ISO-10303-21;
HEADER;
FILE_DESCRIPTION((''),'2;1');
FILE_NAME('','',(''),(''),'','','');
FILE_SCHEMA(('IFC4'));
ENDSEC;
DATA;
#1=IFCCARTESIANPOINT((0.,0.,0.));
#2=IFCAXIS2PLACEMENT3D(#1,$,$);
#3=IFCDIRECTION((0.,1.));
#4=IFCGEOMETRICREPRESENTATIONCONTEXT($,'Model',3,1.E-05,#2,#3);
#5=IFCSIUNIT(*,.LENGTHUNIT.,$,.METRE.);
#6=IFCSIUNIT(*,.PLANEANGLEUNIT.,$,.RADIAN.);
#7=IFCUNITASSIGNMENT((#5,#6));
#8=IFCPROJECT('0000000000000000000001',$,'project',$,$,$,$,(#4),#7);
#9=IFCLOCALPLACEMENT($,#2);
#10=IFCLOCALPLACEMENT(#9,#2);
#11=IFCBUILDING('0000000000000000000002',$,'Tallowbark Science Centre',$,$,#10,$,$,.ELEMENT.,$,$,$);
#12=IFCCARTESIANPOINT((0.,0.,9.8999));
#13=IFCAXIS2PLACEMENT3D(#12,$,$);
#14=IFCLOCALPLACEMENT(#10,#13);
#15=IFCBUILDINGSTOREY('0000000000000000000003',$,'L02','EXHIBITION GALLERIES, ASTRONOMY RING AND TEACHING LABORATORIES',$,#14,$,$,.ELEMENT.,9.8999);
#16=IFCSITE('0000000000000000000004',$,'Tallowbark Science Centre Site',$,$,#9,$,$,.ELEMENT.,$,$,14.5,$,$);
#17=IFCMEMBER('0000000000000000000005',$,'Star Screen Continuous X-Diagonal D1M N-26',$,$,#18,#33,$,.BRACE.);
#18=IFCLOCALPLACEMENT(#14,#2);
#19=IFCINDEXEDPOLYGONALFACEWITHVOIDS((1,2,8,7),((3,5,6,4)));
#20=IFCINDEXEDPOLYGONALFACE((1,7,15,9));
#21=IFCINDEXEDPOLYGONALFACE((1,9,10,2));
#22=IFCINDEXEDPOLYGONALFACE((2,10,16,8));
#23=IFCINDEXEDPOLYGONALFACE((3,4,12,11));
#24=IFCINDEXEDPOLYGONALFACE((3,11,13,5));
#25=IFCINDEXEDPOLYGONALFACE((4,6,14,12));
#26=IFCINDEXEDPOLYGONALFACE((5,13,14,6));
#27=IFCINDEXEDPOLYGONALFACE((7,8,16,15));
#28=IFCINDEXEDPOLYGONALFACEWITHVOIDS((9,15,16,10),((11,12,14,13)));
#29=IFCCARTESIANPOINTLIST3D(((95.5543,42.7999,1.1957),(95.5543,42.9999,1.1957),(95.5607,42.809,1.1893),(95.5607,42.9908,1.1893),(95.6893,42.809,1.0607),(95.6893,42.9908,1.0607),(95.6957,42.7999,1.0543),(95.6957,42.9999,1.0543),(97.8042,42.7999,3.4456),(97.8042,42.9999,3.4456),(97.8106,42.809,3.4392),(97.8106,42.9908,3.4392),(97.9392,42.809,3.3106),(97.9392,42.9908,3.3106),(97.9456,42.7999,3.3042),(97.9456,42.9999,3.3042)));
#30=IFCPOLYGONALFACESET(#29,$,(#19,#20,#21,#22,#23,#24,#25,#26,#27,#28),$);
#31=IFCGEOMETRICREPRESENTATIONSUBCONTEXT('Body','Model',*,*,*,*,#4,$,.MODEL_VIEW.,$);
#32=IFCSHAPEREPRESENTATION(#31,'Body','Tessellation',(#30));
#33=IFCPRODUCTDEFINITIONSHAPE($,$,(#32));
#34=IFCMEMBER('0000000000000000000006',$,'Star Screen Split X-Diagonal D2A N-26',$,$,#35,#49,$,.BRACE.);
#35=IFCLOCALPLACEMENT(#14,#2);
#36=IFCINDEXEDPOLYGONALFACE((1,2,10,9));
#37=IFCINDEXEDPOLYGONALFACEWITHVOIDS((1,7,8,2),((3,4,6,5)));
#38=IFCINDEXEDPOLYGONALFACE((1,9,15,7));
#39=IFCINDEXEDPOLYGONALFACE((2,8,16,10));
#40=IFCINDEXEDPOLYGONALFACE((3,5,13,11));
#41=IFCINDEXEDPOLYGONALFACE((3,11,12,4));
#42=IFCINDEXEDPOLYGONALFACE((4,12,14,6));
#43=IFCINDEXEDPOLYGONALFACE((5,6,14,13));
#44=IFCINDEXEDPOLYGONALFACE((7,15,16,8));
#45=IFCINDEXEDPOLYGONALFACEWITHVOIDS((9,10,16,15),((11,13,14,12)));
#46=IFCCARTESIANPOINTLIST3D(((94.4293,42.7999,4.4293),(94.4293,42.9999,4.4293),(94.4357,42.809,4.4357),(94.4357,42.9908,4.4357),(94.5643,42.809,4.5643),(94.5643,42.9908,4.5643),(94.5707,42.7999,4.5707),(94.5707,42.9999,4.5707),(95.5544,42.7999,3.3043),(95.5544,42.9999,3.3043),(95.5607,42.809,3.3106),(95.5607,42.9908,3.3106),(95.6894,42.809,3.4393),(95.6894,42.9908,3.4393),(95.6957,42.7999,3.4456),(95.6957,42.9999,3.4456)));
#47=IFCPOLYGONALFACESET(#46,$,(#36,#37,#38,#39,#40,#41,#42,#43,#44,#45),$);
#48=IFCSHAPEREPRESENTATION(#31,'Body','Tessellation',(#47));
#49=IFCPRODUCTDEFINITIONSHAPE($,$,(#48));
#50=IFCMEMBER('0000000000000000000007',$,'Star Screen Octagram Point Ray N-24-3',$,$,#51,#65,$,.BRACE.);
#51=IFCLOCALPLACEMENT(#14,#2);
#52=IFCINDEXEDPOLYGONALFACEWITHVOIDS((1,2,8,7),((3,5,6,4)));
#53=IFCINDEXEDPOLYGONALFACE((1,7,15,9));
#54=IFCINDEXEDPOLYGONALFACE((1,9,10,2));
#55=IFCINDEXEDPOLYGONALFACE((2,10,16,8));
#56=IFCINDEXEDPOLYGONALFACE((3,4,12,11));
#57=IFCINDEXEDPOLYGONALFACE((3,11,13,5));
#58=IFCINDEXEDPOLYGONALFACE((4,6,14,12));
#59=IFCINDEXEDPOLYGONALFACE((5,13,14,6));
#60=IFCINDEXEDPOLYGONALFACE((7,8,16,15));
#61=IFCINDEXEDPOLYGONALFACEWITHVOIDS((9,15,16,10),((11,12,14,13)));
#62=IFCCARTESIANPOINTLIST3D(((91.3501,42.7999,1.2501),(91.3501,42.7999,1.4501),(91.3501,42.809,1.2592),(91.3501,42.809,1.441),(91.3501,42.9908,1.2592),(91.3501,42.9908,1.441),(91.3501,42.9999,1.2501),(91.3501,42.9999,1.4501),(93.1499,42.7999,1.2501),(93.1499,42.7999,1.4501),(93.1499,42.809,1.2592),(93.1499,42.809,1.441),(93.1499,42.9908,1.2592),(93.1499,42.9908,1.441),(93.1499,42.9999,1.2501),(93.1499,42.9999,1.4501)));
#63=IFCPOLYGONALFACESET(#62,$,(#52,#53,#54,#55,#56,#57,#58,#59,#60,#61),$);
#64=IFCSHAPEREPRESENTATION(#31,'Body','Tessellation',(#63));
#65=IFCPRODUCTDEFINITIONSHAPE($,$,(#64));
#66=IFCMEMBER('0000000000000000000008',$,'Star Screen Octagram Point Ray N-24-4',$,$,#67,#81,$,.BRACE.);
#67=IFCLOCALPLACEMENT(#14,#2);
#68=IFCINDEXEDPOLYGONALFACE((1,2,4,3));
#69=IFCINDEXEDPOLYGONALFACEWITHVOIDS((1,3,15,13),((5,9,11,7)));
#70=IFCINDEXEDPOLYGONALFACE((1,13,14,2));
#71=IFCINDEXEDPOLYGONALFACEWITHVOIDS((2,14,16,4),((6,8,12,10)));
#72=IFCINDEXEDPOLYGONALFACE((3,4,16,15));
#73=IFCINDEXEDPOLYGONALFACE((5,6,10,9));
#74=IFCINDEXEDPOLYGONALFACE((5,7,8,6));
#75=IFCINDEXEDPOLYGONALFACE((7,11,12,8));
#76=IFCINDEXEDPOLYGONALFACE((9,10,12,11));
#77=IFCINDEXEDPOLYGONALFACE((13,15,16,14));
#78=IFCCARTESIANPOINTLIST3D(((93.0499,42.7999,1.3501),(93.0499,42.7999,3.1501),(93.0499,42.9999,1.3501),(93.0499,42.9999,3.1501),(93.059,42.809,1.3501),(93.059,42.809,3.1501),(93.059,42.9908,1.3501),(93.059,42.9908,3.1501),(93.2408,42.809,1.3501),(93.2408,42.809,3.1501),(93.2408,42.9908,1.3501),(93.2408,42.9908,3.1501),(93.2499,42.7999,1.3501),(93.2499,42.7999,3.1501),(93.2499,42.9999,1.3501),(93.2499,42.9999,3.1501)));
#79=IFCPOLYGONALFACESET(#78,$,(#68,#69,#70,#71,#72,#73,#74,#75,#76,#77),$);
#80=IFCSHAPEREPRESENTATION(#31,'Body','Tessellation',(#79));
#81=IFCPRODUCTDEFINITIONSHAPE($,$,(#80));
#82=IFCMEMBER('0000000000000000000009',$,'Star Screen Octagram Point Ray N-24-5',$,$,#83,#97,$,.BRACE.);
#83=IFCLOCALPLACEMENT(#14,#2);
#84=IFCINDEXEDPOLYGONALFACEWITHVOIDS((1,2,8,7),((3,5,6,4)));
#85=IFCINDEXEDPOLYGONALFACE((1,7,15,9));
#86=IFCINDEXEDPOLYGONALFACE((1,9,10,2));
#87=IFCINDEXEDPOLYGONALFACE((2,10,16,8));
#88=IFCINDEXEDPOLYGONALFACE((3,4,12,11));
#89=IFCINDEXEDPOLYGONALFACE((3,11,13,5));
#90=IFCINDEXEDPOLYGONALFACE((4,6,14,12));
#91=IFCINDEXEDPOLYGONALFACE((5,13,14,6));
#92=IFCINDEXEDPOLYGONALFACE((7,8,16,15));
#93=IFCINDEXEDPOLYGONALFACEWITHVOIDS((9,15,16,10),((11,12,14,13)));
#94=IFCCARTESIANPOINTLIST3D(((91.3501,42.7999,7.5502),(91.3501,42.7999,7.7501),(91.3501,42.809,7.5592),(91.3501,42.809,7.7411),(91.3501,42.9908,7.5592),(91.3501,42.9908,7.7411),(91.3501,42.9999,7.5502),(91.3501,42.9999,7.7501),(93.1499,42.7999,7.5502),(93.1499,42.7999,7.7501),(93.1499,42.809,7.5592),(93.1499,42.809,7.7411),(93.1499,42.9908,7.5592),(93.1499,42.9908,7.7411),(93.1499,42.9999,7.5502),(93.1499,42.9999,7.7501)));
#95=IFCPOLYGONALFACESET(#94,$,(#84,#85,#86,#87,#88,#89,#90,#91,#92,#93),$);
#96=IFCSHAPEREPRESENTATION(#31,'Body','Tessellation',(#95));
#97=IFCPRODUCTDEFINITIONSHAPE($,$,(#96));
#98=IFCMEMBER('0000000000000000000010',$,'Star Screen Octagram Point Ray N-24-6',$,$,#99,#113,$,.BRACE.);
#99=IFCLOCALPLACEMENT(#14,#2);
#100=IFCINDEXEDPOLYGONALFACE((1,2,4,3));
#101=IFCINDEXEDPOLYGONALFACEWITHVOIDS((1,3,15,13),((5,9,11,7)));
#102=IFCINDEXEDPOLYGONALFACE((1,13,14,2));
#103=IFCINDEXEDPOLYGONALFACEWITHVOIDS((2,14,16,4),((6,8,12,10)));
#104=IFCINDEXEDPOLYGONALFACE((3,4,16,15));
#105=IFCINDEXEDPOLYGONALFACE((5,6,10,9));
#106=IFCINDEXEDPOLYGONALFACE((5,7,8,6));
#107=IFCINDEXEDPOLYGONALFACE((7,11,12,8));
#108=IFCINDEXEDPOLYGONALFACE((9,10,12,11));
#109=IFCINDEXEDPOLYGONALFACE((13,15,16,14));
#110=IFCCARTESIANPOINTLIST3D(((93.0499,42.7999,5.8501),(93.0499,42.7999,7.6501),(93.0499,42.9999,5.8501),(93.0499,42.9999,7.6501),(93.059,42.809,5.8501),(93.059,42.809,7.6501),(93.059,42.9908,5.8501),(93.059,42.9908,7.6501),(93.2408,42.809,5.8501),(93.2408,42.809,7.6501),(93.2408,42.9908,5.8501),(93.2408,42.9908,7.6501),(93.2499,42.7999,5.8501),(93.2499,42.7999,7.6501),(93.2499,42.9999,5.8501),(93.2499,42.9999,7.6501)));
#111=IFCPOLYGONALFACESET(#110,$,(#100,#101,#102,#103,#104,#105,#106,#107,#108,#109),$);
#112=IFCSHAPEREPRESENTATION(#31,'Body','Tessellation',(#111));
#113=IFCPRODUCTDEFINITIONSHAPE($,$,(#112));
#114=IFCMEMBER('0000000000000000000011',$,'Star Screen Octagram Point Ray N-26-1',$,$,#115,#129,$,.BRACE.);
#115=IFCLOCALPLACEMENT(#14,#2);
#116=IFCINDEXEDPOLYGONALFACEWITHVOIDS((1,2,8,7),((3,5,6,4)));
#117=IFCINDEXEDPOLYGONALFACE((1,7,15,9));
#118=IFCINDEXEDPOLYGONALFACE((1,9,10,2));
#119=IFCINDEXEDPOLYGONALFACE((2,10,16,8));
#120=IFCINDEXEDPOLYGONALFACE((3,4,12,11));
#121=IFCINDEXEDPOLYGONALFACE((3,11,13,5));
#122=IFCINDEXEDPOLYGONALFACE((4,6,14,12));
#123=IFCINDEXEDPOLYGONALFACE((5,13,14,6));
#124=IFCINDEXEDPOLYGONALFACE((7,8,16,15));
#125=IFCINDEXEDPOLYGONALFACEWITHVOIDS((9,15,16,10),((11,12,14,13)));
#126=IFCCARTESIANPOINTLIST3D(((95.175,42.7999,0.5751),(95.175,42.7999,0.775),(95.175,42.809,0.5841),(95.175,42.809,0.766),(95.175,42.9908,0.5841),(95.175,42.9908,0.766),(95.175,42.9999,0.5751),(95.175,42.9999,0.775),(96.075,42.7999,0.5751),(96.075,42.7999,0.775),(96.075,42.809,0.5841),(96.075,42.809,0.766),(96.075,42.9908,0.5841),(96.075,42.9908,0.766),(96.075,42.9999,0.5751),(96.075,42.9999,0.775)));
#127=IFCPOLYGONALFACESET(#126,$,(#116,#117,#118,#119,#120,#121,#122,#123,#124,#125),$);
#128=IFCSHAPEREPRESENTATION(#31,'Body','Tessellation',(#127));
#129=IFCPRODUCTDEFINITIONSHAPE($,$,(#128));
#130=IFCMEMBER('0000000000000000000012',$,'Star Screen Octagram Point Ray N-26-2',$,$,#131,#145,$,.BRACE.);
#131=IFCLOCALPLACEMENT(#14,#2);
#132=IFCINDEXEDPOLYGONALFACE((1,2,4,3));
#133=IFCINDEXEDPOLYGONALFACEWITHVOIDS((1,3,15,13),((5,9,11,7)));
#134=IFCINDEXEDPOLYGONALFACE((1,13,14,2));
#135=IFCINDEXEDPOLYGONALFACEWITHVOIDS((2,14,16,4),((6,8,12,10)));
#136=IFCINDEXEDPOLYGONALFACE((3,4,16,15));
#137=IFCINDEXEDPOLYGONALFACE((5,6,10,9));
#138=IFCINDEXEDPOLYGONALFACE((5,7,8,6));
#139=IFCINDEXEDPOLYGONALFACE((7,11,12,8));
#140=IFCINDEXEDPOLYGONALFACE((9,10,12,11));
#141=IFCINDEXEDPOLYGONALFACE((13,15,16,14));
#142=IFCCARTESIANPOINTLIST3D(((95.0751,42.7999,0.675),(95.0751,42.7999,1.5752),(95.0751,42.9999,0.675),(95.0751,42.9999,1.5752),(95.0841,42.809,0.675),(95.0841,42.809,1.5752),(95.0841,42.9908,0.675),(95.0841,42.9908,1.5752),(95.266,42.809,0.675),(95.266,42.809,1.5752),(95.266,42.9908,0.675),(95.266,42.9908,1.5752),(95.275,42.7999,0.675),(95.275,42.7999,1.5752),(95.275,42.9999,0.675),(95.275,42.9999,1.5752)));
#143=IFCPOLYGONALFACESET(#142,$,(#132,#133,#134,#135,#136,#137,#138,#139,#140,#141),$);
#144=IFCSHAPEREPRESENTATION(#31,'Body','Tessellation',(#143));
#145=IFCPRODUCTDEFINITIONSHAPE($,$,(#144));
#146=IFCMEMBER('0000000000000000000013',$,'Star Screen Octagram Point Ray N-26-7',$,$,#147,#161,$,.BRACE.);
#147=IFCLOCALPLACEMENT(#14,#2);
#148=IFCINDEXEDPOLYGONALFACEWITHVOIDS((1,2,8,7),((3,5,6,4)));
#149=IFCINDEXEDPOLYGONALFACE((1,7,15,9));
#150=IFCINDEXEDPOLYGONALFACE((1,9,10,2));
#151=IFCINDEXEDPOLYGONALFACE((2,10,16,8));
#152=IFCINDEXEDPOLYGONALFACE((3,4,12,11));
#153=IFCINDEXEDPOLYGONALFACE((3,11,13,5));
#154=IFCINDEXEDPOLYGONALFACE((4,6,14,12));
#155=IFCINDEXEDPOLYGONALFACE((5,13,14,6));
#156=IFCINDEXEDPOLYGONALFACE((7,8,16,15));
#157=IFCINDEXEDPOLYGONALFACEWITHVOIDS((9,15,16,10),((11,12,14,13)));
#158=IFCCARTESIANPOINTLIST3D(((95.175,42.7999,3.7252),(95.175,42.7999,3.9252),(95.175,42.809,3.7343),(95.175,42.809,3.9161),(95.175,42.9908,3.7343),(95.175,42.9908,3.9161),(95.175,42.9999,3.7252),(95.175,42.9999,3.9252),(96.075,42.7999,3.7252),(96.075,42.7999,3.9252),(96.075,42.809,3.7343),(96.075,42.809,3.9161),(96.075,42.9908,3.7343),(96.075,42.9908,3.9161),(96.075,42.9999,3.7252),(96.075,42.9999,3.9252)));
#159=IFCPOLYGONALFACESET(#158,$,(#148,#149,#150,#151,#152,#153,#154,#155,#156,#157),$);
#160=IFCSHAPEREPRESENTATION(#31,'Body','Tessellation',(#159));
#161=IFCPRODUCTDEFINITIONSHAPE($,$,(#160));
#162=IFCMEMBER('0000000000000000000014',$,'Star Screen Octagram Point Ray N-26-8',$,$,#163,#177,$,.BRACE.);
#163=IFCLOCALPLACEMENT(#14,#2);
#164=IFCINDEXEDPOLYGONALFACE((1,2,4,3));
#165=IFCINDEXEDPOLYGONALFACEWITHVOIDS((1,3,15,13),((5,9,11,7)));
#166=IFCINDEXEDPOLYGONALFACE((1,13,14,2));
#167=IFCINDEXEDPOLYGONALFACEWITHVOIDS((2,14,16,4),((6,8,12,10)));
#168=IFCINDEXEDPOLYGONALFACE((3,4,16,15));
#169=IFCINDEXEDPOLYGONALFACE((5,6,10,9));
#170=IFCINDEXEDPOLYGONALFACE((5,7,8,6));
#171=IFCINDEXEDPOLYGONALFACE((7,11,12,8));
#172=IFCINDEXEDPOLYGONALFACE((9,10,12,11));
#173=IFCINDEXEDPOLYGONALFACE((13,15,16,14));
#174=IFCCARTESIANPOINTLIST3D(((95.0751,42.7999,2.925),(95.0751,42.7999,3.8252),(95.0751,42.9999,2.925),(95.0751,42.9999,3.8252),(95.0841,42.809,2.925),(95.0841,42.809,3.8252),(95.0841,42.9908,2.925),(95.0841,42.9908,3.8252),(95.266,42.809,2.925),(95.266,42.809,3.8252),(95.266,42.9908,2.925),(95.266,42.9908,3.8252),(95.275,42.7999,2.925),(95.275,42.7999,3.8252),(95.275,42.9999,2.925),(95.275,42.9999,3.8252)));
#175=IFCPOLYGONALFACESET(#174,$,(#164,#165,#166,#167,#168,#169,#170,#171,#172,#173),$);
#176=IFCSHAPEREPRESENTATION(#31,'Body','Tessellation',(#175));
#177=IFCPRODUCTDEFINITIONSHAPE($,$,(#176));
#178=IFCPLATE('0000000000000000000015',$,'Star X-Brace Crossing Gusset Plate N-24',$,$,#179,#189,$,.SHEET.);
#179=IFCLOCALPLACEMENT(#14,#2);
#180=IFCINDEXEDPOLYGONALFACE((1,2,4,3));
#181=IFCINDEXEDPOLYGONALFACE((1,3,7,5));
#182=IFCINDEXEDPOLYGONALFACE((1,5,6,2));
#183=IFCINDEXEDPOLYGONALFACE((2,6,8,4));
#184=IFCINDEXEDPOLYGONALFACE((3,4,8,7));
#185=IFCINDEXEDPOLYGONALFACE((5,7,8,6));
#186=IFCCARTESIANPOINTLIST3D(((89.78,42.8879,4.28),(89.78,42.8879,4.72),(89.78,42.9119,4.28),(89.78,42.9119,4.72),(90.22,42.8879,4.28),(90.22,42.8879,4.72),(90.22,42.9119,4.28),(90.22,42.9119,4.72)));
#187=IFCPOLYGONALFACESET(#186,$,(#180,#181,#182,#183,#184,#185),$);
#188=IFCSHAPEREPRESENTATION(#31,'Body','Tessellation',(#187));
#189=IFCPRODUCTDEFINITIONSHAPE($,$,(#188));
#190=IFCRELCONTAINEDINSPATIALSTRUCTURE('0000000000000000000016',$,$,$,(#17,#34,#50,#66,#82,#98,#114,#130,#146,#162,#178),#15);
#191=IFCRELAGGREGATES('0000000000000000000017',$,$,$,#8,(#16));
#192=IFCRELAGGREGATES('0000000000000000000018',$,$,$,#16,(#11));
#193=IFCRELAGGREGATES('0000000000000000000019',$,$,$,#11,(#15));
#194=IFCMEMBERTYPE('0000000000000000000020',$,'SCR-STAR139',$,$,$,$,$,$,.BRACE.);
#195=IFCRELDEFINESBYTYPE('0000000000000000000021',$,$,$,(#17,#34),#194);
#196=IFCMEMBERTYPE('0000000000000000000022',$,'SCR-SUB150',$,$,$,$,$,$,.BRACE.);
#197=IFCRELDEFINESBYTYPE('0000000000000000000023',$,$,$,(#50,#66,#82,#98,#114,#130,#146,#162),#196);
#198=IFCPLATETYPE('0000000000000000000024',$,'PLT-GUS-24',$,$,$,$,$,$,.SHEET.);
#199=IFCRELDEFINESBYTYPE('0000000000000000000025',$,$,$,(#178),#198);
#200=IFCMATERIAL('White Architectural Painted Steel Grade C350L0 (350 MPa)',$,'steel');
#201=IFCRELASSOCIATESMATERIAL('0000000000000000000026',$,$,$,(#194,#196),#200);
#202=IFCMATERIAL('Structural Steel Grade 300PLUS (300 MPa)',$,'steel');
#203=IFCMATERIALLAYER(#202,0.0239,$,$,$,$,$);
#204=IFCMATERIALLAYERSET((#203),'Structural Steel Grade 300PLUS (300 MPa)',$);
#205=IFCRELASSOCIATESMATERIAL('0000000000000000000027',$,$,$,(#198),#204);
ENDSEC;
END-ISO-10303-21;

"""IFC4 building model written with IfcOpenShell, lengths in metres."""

from ifc_helpers import new_model, si_unit, direction, frame, origin, origin_2d, place, context, subcontext, project, spatial, rectangle, hollow_rectangle, extrude, material, layer, layer_set, material_profile, profile_set, type_object, element, save


model = new_model("IFC4")

# Units and contexts
model_context = context("Model", 3, precision=1e-05, world=origin(), true_north=direction((0.0, 1.0)))
body_context = subcontext(model_context, "Body", "Model", "MODEL_VIEW")
ifc_project = project(units=[si_unit("LENGTHUNIT", "METRE"), si_unit("PLANEANGLEUNIT", "RADIAN")], contexts=[model_context])

# Site, building, storey
site_placement = place(None, origin())
site = spatial("IfcSite", under=ifc_project, at=site_placement, Name="Tallowbark Science Centre Site", CompositionType="ELEMENT", RefElevation=14.5)
building_placement = place(site_placement, origin())
building = spatial("IfcBuilding", under=site, at=building_placement, Name="Tallowbark Science Centre", CompositionType="ELEMENT")
storey_placement = place(building_placement, frame((0.0, 0.0, 9.8999)))
storey = spatial("IfcBuildingStorey", under=building, at=storey_placement, Name="L02", Description="EXHIBITION GALLERIES, ASTRONOMY RING AND TEACHING LABORATORIES", CompositionType="ELEMENT", Elevation=9.8999)

# Shared definitions
ifc_material_1 = material(Name="White Architectural Painted Steel Grade C350L0 (350 MPa)", Category="steel")

# Members
ifc_material_profile_1 = material_profile(ifc_material_1, hollow_rectangle(XDim=0.2, YDim=0.2, WallThickness=0.009, at=origin_2d()), Name="200x200x9.0SHS")
ifc_profile_set_1 = profile_set([ifc_material_profile_1], Name="White Architectural Painted Steel Grade C350L0 (350 MPa)")
member_type_1 = type_object("IfcMemberType", Name="SCR-STAR139", PredefinedType="BRACE", material=ifc_profile_set_1)
member_1_placement = place(storey_placement, frame((95.625, 42.8999, 1.125), z_axis=(0.707107, 0.0, 0.707107), x_axis=(0.0, 1.0, 0.0)))
element("IfcMember", 1, at=member_1_placement, inside=storey, type_object=member_type_1, Name="Star Screen Continuous X-Diagonal D1M N-26", PredefinedType="BRACE", context=body_context, shape_type="SweptSolid", body=[
    extrude(hollow_rectangle(XDim=0.2, YDim=0.2, WallThickness=0.009, at=origin_2d()), origin(), (0.0, 0.0, 1.0), 3.1819),
])
member_2_placement = place(storey_placement, frame((94.5, 42.8999, 4.5), z_axis=(0.707107, 0.0, -0.707107), x_axis=(0.0, 1.0, 0.0)))
element("IfcMember", 2, at=member_2_placement, inside=storey, type_object=member_type_1, Name="Star Screen Split X-Diagonal D2A N-26", PredefinedType="BRACE", context=body_context, shape_type="SweptSolid", body=[
    extrude(hollow_rectangle(XDim=0.2, YDim=0.2, WallThickness=0.009, at=origin_2d()), origin(), (0.0, 0.0, 1.0), 1.5911),
])
ifc_material_profile_2 = material_profile(ifc_material_1, hollow_rectangle(XDim=0.2, YDim=0.2, WallThickness=0.009, at=origin_2d()), Name="200x200x9.0SHS")
ifc_profile_set_2 = profile_set([ifc_material_profile_2], Name="White Architectural Painted Steel Grade C350L0 (350 MPa)")
member_type_2 = type_object("IfcMemberType", Name="SCR-SUB150", PredefinedType="BRACE", material=ifc_profile_set_2)
member_3_placement = place(storey_placement, frame((93.1499, 42.8999, 1.3501), z_axis=(-1.0, 0.0, 0.0), x_axis=(0.0, -1.0, 0.0)))
element("IfcMember", 3, at=member_3_placement, inside=storey, type_object=member_type_2, Name="Star Screen Octagram Point Ray N-24-3", PredefinedType="BRACE", context=body_context, shape_type="SweptSolid", body=[
    extrude(hollow_rectangle(XDim=0.2, YDim=0.2, WallThickness=0.009, at=origin_2d()), origin(), (0.0, 0.0, 1.0), 1.7998),
])
member_4_placement = place(storey_placement, frame((93.1499, 42.8999, 1.3501), z_axis=(0.0, 0.0, 1.0), x_axis=(1.0, 0.0, 0.0)))
element("IfcMember", 4, at=member_4_placement, inside=storey, type_object=member_type_2, Name="Star Screen Octagram Point Ray N-24-4", PredefinedType="BRACE", context=body_context, shape_type="SweptSolid", body=[
    extrude(hollow_rectangle(XDim=0.2, YDim=0.2, WallThickness=0.009, at=origin_2d()), origin(), (0.0, 0.0, 1.0), 1.8),
])
member_5_placement = place(storey_placement, frame((93.1499, 42.8999, 7.6501), z_axis=(-1.0, 0.0, 0.0), x_axis=(0.0, -1.0, 0.0)))
element("IfcMember", 5, at=member_5_placement, inside=storey, type_object=member_type_2, Name="Star Screen Octagram Point Ray N-24-5", PredefinedType="BRACE", context=body_context, shape_type="SweptSolid", body=[
    extrude(hollow_rectangle(XDim=0.2, YDim=0.2, WallThickness=0.009, at=origin_2d()), origin(), (0.0, 0.0, 1.0), 1.7998),
])
member_6_placement = place(storey_placement, frame((93.1499, 42.8999, 7.6501), z_axis=(0.0, 0.0, -1.0), x_axis=(1.0, 0.0, 0.0)))
element("IfcMember", 6, at=member_6_placement, inside=storey, type_object=member_type_2, Name="Star Screen Octagram Point Ray N-24-6", PredefinedType="BRACE", context=body_context, shape_type="SweptSolid", body=[
    extrude(hollow_rectangle(XDim=0.2, YDim=0.2, WallThickness=0.009, at=origin_2d()), origin(), (0.0, 0.0, 1.0), 1.8),
])
member_7_placement = place(storey_placement, frame((95.175, 42.8999, 0.675), z_axis=(1.0, 0.0, 0.0), x_axis=(0.0, 1.0, 0.0)))
element("IfcMember", 7, at=member_7_placement, inside=storey, type_object=member_type_2, Name="Star Screen Octagram Point Ray N-26-1", PredefinedType="BRACE", context=body_context, shape_type="SweptSolid", body=[
    extrude(hollow_rectangle(XDim=0.2, YDim=0.2, WallThickness=0.009, at=origin_2d()), origin(), (0.0, 0.0, 1.0), 0.8999),
])
member_8_placement = place(storey_placement, frame((95.175, 42.8999, 0.675), z_axis=(0.0, 0.0, 1.0), x_axis=(1.0, 0.0, 0.0)))
element("IfcMember", 8, at=member_8_placement, inside=storey, type_object=member_type_2, Name="Star Screen Octagram Point Ray N-26-2", PredefinedType="BRACE", context=body_context, shape_type="SweptSolid", body=[
    extrude(hollow_rectangle(XDim=0.2, YDim=0.2, WallThickness=0.009, at=origin_2d()), origin(), (0.0, 0.0, 1.0), 0.9001),
])
member_9_placement = place(storey_placement, frame((95.175, 42.8999, 3.8252), z_axis=(1.0, 0.0, 0.0), x_axis=(0.0, 1.0, 0.0)))
element("IfcMember", 9, at=member_9_placement, inside=storey, type_object=member_type_2, Name="Star Screen Octagram Point Ray N-26-7", PredefinedType="BRACE", context=body_context, shape_type="SweptSolid", body=[
    extrude(hollow_rectangle(XDim=0.2, YDim=0.2, WallThickness=0.009, at=origin_2d()), origin(), (0.0, 0.0, 1.0), 0.8999),
])
member_10_placement = place(storey_placement, frame((95.175, 42.8999, 3.8252), z_axis=(0.0, 0.0, -1.0), x_axis=(1.0, 0.0, 0.0)))
element("IfcMember", 10, at=member_10_placement, inside=storey, type_object=member_type_2, Name="Star Screen Octagram Point Ray N-26-8", PredefinedType="BRACE", context=body_context, shape_type="SweptSolid", body=[
    extrude(hollow_rectangle(XDim=0.2, YDim=0.2, WallThickness=0.009, at=origin_2d()), origin(), (0.0, 0.0, 1.0), 0.9001),
])

# Plate
ifc_material_2 = material(Name="Structural Steel Grade 300PLUS (300 MPa)", Category="steel")
ifc_layer_1 = layer(ifc_material_2, 0.0239)
ifc_layer_set_1 = layer_set([ifc_layer_1], Name="Structural Steel Grade 300PLUS (300 MPa)")
plate_type_1 = type_object("IfcPlateType", Name="PLT-GUS-24", PredefinedType="SHEET", material=ifc_layer_set_1)
plate_1_placement = place(storey_placement, frame((90.0, 42.8999, 4.28), z_axis=(0.0, 0.0, 1.0), x_axis=(1.0, 0.0, 0.0)))
element("IfcPlate", 11, at=plate_1_placement, inside=storey, type_object=plate_type_1, Name="Star X-Brace Crossing Gusset Plate N-24", PredefinedType="SHEET", context=body_context, shape_type="SweptSolid", body=[
    extrude(rectangle(XDim=0.4399, YDim=0.0239, at=origin_2d()), origin(), (0.0, 0.0, 1.0), 0.4399),
])

save(model, "model.ifc")
